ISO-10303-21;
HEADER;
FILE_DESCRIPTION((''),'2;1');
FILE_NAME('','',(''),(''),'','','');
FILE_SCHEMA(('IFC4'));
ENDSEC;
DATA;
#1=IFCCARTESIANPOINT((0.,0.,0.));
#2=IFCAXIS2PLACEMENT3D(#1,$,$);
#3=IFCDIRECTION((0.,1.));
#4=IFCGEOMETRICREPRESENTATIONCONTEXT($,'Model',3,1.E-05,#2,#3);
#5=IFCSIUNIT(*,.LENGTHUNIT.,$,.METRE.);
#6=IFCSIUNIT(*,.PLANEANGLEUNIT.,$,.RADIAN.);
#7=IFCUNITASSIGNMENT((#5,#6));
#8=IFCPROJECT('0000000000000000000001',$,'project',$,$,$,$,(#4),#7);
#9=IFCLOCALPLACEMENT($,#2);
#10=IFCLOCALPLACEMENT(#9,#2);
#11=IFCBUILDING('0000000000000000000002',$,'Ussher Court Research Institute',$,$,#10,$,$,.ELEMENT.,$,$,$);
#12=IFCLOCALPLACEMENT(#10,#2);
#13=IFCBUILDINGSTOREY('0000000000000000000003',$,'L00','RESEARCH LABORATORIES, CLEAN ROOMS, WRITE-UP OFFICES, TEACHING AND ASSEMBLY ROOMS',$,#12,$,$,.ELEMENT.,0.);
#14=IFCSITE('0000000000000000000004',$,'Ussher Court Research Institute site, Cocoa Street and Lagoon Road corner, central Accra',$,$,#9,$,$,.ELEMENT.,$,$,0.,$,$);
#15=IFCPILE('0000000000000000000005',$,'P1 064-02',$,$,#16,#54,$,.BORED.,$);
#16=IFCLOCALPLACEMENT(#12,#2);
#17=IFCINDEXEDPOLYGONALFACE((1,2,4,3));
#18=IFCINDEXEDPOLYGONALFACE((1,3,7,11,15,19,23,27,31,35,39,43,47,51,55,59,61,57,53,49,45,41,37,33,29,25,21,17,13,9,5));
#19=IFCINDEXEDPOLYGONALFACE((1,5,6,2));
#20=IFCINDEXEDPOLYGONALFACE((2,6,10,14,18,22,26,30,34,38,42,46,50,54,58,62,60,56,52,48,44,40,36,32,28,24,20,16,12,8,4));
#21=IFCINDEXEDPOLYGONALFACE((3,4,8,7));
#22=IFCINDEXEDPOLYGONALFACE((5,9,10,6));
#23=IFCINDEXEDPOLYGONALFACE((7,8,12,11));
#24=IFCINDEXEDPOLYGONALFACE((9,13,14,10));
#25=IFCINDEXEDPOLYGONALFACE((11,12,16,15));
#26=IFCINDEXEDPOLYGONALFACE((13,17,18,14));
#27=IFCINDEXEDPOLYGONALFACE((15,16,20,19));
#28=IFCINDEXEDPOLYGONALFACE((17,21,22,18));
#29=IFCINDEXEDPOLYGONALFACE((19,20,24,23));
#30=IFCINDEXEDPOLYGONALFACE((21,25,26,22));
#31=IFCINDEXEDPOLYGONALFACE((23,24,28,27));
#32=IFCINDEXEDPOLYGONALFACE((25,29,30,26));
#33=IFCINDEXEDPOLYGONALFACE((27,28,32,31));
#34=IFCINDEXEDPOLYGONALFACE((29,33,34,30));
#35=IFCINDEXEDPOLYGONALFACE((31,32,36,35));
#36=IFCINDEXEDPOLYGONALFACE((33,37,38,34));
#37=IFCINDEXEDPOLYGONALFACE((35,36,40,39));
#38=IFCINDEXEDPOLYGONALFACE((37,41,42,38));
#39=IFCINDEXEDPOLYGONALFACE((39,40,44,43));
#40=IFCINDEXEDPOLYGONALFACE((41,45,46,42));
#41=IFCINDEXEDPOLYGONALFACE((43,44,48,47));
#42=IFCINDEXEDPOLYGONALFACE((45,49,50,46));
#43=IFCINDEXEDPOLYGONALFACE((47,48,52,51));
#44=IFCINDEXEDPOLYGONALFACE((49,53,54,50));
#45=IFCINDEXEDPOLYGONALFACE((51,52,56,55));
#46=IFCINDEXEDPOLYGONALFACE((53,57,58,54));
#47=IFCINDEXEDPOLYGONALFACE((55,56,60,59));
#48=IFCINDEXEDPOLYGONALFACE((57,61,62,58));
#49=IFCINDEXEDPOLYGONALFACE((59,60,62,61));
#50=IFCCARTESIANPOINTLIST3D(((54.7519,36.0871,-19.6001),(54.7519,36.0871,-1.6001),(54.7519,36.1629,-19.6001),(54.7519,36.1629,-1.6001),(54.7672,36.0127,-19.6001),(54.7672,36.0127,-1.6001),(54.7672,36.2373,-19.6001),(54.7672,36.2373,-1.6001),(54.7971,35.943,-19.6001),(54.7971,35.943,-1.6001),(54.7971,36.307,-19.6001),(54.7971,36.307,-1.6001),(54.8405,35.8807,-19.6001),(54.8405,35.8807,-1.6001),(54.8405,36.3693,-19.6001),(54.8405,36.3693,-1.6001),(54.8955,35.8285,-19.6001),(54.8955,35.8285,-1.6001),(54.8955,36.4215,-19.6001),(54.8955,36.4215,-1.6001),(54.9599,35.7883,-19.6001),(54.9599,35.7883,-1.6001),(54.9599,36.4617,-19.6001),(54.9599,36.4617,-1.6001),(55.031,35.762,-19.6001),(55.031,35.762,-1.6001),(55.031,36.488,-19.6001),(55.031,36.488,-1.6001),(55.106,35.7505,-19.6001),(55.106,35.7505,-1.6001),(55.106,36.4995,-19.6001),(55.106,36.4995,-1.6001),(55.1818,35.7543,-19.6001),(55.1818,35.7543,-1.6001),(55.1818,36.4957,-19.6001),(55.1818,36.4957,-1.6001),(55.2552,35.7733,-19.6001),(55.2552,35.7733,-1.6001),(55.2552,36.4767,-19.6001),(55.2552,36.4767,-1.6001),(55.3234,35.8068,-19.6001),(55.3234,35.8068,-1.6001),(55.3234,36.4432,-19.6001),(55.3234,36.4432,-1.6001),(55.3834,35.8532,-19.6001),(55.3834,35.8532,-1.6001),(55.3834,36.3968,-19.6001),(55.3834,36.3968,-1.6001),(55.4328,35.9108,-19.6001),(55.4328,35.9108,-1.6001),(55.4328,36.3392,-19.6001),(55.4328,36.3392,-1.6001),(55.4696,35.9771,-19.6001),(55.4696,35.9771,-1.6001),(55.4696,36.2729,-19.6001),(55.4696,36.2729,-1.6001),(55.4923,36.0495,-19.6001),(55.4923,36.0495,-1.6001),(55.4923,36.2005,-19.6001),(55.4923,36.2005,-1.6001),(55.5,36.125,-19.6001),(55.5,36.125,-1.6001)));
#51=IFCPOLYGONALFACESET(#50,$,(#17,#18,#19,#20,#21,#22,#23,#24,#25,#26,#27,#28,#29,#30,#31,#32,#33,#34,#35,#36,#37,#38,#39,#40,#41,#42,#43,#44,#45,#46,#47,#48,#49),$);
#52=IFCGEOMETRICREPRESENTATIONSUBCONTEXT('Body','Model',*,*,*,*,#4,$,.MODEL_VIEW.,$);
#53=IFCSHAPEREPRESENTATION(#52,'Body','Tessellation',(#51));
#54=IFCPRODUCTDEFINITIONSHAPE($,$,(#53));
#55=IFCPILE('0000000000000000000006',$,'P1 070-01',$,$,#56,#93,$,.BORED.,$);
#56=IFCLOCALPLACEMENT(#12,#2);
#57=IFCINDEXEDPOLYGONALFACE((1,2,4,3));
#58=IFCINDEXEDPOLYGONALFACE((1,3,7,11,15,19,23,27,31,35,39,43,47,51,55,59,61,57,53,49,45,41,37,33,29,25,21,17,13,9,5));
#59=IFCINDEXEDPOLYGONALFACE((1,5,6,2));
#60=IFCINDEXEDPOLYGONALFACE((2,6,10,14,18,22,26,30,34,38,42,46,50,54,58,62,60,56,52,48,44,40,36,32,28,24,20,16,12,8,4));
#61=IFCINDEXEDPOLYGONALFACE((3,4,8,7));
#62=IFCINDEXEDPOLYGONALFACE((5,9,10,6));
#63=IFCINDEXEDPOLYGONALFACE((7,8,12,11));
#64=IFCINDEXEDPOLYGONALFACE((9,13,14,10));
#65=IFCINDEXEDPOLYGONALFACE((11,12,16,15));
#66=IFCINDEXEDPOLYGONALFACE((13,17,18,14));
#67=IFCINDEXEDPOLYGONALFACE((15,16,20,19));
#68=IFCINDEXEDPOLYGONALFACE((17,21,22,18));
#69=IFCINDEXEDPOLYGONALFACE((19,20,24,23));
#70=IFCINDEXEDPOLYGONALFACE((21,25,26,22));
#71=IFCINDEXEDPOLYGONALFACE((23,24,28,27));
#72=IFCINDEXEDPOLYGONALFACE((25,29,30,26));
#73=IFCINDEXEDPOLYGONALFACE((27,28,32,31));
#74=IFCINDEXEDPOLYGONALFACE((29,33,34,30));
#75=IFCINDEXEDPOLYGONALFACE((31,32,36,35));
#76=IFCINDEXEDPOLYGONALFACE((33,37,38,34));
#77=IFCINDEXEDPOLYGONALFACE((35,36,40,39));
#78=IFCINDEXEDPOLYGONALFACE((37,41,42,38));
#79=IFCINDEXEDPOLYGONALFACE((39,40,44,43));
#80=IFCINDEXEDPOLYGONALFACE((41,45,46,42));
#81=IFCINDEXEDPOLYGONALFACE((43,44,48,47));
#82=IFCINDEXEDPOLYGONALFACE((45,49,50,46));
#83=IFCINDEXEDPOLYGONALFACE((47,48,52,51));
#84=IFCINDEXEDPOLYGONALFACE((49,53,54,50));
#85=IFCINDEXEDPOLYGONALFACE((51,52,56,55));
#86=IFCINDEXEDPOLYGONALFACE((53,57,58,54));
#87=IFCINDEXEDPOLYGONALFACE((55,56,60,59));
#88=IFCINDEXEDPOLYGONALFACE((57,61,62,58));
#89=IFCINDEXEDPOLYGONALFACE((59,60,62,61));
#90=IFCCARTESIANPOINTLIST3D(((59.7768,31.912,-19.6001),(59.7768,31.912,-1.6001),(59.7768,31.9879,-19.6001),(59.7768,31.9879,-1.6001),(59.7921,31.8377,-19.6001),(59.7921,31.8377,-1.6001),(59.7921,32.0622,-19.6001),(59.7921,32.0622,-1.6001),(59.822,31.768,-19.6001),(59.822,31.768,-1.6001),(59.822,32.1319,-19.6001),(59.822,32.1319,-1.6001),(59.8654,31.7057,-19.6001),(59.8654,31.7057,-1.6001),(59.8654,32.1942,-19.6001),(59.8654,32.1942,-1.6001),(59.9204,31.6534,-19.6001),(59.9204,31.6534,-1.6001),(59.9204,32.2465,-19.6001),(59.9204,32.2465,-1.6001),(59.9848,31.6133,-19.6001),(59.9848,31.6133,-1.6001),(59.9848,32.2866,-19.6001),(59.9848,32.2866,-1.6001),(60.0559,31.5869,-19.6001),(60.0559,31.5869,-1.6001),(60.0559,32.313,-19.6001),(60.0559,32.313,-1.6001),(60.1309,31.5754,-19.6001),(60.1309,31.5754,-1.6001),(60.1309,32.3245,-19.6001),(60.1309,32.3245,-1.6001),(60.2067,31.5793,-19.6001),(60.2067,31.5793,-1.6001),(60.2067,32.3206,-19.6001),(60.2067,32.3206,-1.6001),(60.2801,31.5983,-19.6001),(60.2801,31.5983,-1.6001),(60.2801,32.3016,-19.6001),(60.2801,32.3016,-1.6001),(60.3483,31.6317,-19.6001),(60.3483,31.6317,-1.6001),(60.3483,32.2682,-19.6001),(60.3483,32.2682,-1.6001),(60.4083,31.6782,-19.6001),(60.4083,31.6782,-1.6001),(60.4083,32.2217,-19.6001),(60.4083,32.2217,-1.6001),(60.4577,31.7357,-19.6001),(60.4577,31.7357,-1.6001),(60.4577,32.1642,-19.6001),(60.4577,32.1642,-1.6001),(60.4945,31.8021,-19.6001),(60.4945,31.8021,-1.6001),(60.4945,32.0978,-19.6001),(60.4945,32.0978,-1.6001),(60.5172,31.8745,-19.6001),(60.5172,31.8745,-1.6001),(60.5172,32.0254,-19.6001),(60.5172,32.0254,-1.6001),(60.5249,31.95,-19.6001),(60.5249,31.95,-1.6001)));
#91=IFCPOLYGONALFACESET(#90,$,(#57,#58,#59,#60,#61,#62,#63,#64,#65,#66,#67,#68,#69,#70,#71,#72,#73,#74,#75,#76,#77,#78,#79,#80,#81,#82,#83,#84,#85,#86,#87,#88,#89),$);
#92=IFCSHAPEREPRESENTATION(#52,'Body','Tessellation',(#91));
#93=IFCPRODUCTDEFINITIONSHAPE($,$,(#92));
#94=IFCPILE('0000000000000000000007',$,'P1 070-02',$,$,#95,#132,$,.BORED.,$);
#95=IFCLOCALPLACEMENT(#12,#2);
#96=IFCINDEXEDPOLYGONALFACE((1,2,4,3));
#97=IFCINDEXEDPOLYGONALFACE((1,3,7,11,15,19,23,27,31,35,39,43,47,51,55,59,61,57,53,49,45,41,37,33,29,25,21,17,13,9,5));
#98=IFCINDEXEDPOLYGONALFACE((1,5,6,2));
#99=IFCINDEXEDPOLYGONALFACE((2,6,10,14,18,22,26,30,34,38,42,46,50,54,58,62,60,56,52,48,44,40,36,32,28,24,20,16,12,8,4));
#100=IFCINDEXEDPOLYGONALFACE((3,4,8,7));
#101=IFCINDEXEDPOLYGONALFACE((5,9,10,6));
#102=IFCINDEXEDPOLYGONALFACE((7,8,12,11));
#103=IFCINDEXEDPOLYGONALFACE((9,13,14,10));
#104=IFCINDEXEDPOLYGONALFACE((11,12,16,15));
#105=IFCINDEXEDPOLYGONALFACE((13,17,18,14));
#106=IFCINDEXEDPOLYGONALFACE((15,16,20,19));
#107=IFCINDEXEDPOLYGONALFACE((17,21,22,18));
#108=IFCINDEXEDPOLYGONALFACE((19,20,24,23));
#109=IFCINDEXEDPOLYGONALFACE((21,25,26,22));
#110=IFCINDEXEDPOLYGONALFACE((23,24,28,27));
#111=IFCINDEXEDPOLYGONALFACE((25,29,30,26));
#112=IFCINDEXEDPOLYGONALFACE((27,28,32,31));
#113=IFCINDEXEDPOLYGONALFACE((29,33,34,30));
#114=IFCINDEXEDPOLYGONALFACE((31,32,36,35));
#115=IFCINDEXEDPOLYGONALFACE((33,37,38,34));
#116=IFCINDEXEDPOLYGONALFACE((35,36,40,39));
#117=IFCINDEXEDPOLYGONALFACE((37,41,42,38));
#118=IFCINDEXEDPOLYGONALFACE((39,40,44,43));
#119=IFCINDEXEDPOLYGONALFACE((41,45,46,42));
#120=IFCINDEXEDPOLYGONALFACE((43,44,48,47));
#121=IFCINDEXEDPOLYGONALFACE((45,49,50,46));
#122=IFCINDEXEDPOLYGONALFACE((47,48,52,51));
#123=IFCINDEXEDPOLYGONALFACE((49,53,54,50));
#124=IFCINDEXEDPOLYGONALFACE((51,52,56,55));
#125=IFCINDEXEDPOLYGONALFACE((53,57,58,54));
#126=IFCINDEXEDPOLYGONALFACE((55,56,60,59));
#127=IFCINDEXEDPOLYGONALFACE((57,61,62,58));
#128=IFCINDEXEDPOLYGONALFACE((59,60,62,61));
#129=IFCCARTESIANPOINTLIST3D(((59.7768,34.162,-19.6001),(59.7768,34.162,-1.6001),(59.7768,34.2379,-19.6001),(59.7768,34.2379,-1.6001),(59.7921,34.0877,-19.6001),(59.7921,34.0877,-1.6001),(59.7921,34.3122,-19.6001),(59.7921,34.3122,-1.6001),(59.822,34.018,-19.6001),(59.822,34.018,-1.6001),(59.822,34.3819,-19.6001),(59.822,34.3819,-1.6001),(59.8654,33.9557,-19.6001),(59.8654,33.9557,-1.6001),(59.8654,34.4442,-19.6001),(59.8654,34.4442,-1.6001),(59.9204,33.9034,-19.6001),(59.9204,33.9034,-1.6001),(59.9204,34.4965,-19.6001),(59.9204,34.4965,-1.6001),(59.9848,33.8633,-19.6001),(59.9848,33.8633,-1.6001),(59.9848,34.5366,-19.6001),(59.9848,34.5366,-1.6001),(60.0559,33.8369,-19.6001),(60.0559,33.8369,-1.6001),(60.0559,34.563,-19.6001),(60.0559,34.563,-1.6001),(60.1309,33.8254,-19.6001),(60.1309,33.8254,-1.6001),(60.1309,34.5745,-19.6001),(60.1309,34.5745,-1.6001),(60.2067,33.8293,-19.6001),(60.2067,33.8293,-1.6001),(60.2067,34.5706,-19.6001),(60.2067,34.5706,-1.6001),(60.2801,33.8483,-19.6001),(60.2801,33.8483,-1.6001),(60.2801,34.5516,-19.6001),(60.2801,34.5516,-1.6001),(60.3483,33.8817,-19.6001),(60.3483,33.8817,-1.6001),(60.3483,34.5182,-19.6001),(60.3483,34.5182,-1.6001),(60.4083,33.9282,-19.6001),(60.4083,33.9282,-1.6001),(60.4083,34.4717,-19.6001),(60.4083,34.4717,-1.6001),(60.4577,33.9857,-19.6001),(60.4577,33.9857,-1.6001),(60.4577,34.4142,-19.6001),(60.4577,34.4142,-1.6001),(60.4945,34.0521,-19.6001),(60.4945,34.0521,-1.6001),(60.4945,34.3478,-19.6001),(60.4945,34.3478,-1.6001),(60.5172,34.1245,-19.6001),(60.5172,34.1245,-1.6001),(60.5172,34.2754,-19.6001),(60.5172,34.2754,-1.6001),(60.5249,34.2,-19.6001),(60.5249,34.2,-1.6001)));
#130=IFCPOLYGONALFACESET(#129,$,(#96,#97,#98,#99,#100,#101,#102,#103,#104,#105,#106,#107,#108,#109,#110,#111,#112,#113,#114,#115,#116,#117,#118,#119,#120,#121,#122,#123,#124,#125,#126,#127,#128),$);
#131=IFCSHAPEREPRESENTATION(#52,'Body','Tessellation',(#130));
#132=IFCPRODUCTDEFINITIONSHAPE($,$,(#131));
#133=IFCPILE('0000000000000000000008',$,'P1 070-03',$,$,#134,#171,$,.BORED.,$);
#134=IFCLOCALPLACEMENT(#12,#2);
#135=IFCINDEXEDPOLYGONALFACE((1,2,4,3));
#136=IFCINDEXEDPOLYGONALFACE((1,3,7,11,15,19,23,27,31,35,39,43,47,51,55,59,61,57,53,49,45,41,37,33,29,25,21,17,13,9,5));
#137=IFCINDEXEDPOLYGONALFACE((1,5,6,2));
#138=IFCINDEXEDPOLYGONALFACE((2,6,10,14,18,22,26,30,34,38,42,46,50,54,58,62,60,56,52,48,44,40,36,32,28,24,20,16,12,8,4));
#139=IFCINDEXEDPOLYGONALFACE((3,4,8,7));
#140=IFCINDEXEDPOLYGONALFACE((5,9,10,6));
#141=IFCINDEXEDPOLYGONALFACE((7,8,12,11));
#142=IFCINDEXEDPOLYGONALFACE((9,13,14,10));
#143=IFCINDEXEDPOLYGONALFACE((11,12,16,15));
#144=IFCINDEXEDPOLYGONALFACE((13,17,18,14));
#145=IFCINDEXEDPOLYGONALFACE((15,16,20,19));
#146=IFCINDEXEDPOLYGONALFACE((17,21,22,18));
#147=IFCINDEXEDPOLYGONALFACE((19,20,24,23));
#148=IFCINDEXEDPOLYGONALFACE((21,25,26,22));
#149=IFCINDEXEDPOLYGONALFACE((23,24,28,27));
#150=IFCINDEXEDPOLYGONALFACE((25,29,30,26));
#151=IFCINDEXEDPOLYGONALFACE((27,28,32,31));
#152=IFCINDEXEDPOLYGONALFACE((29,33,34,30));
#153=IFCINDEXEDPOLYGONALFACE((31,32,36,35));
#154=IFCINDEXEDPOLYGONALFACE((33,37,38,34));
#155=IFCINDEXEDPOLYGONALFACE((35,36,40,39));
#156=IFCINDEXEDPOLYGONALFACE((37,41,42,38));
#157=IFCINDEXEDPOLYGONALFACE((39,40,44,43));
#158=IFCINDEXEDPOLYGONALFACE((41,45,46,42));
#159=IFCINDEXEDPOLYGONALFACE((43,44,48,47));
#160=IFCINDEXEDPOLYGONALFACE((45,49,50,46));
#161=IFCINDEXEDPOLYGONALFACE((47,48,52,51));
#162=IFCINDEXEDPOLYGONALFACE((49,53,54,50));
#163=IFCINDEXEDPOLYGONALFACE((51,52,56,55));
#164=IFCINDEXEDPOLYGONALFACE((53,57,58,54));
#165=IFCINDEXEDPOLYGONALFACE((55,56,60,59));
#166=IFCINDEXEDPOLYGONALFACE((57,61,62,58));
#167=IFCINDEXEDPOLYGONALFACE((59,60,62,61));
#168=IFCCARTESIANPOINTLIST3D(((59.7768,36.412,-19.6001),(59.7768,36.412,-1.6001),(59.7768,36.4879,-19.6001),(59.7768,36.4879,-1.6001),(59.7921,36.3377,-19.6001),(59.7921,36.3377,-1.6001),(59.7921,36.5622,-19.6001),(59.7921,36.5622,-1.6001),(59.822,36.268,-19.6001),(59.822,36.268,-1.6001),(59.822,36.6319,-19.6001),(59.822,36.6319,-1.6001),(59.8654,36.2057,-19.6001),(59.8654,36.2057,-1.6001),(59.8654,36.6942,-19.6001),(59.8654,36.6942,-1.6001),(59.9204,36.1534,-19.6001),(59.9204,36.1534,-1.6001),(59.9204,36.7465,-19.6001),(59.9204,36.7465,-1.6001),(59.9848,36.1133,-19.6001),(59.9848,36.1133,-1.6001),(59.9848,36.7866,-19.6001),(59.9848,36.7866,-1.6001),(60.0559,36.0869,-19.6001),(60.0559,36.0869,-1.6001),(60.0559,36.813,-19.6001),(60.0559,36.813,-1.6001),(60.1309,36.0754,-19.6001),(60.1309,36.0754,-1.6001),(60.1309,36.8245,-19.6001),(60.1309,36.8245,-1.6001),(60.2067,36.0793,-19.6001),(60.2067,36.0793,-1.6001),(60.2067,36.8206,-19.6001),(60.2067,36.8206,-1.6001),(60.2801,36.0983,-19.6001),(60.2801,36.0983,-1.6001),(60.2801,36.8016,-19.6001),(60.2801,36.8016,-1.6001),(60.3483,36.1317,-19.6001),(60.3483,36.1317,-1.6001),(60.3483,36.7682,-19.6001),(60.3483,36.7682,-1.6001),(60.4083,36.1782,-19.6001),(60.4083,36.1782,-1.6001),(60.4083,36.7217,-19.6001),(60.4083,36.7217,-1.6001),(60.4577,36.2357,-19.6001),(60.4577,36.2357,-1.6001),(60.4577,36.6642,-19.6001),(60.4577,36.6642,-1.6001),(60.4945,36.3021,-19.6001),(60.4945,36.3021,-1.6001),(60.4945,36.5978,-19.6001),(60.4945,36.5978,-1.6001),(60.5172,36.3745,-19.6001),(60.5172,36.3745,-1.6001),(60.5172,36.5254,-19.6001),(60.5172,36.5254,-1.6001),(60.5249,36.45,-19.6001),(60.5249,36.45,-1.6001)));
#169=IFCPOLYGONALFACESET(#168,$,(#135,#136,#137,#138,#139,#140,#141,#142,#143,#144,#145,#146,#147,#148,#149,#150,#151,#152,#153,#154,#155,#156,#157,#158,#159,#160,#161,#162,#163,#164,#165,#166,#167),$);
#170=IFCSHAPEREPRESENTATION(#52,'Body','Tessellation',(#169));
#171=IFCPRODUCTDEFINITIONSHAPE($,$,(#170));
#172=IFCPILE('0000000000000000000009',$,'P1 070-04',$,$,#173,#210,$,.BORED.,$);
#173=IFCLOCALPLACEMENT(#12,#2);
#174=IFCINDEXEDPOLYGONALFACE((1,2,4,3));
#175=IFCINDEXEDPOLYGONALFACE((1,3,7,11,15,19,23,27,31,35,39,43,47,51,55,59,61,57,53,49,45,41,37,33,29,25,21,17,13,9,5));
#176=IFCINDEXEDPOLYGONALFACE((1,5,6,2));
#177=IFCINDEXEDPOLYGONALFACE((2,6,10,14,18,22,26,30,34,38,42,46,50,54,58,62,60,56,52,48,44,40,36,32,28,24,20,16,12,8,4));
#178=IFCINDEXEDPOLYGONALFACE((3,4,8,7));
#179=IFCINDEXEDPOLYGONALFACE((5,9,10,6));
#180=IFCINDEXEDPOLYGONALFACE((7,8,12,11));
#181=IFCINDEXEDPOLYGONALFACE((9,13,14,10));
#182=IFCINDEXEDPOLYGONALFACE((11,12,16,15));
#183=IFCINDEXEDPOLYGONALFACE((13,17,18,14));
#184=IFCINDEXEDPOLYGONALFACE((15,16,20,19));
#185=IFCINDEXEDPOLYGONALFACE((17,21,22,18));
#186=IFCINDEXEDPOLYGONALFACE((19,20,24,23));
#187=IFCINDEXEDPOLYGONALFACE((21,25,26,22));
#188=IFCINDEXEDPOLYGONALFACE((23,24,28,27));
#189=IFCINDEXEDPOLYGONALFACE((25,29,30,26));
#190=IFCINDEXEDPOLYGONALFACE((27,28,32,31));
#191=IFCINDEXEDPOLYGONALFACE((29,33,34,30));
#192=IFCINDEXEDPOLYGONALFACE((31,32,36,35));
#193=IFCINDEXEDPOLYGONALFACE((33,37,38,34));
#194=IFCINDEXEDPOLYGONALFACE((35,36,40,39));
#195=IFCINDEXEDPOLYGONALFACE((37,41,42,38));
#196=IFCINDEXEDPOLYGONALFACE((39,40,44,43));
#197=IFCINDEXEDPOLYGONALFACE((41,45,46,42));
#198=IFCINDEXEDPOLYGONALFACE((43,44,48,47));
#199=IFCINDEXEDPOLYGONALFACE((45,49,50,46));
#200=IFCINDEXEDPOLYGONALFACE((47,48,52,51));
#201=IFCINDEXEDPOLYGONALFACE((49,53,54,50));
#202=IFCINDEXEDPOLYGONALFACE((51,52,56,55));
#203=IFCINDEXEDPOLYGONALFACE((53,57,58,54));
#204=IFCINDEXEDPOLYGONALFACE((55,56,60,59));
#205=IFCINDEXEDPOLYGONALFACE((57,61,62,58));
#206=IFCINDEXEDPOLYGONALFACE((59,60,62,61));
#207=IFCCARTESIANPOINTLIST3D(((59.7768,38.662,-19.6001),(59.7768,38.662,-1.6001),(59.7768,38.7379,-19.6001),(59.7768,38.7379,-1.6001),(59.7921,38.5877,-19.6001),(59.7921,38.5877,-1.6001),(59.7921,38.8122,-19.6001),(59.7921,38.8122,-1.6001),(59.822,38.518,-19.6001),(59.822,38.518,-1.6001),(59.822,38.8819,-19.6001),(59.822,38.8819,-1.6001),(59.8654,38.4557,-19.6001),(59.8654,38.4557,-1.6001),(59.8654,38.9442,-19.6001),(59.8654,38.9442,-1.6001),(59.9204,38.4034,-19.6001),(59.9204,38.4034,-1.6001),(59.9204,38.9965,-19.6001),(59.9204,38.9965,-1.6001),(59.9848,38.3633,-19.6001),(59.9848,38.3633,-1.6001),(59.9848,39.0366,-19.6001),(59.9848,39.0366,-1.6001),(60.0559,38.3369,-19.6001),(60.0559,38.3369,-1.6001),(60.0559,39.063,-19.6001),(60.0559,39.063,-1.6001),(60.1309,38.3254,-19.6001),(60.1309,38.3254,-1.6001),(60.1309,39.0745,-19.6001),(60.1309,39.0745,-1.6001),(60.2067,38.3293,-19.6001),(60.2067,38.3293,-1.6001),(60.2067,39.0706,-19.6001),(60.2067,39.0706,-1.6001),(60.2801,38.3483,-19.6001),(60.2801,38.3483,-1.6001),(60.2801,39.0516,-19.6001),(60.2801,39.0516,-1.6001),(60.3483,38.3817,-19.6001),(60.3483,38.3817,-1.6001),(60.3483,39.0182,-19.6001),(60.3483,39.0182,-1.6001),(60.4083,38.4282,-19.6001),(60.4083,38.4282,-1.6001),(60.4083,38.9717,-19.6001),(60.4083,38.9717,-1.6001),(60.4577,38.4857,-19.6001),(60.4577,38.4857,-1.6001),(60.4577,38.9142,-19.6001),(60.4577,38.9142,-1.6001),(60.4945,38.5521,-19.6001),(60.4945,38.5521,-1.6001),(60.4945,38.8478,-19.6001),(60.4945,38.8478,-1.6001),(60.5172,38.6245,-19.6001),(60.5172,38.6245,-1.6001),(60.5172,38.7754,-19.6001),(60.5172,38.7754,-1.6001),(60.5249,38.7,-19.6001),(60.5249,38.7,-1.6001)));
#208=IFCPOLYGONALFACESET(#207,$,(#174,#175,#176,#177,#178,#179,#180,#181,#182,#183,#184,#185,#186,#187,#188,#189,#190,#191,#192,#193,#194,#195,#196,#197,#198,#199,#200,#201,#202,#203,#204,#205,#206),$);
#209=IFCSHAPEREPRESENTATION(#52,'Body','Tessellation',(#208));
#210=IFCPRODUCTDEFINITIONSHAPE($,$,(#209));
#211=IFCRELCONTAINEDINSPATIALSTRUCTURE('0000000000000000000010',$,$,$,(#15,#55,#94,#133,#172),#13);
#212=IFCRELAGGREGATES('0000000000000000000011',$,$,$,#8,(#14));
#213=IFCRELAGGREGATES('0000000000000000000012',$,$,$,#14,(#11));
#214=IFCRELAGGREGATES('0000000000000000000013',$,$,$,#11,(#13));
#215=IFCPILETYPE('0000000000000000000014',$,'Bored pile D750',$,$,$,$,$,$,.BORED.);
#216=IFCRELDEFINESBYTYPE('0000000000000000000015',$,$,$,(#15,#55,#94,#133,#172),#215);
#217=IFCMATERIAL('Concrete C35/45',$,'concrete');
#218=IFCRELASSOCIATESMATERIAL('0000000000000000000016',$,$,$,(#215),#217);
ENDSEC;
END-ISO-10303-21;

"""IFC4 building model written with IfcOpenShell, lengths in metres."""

from ifc_helpers import new_model, si_unit, direction, frame, origin, origin_2d, place, context, subcontext, project, spatial, circle, extrude, material, material_profile, profile_set, type_object, element, save


model = new_model("IFC4")

# Units and contexts
model_context = context("Model", 3, precision=1e-05, world=origin(), true_north=direction((0.0, 1.0)))
body_context = subcontext(model_context, "Body", "Model", "MODEL_VIEW")
ifc_project = project(units=[si_unit("LENGTHUNIT", "METRE"), si_unit("PLANEANGLEUNIT", "RADIAN")], contexts=[model_context])

# Site, building, storey
site_placement = place(None, origin())
site = spatial("IfcSite", under=ifc_project, at=site_placement, Name="Ussher Court Research Institute site, Cocoa Street and Lagoon Road corner, central Accra", CompositionType="ELEMENT", RefElevation=0.0)
building_placement = place(site_placement, origin())
building = spatial("IfcBuilding", under=site, at=building_placement, Name="Ussher Court Research Institute", CompositionType="ELEMENT")
storey_placement = place(building_placement, origin())
storey = spatial("IfcBuildingStorey", under=building, at=storey_placement, Name="L00", Description="RESEARCH LABORATORIES, CLEAN ROOMS, WRITE-UP OFFICES, TEACHING AND ASSEMBLY ROOMS", CompositionType="ELEMENT", Elevation=0.0)

# Piles
ifc_material_1 = material(Name="Concrete C35/45", Category="concrete")
ifc_material_profile_1 = material_profile(ifc_material_1, circle(Radius=0.375, at=origin_2d()), Name="RC D750")
ifc_profile_set_1 = profile_set([ifc_material_profile_1], Name="Concrete C35/45")
pile_type = type_object("IfcPileType", Name="Bored pile D750", PredefinedType="BORED", material=ifc_profile_set_1)
for number, where, z_axis, x_axis, name in (
    (1, (55.125, 36.125, -1.6001), (0.0, 0.0, -1.0), (1.0, 0.0, 0.0), "P1 064-02"),
    (2, (60.1499, 31.95, -1.6001), (0.0, 0.0, -1.0), (1.0, 0.0, 0.0), "P1 070-01"),
    (3, (60.1499, 34.2, -1.6001), (0.0, 0.0, -1.0), (1.0, 0.0, 0.0), "P1 070-02"),
    (4, (60.1499, 36.45, -1.6001), (0.0, 0.0, -1.0), (1.0, 0.0, 0.0), "P1 070-03"),
    (5, (60.1499, 38.7, -1.6001), (0.0, 0.0, -1.0), (1.0, 0.0, 0.0), "P1 070-04"),
):
    element("IfcPile", number, at=place(storey_placement, frame(where, z_axis=z_axis, x_axis=x_axis)), inside=storey, type_object=pile_type, Name=name, PredefinedType="BORED", context=body_context, shape_type="SweptSolid", body=[
        extrude(circle(Radius=0.375, at=origin_2d()), origin(), (0.0, 0.0, 1.0), 18.0),
    ])

save(model, "model.ifc")
